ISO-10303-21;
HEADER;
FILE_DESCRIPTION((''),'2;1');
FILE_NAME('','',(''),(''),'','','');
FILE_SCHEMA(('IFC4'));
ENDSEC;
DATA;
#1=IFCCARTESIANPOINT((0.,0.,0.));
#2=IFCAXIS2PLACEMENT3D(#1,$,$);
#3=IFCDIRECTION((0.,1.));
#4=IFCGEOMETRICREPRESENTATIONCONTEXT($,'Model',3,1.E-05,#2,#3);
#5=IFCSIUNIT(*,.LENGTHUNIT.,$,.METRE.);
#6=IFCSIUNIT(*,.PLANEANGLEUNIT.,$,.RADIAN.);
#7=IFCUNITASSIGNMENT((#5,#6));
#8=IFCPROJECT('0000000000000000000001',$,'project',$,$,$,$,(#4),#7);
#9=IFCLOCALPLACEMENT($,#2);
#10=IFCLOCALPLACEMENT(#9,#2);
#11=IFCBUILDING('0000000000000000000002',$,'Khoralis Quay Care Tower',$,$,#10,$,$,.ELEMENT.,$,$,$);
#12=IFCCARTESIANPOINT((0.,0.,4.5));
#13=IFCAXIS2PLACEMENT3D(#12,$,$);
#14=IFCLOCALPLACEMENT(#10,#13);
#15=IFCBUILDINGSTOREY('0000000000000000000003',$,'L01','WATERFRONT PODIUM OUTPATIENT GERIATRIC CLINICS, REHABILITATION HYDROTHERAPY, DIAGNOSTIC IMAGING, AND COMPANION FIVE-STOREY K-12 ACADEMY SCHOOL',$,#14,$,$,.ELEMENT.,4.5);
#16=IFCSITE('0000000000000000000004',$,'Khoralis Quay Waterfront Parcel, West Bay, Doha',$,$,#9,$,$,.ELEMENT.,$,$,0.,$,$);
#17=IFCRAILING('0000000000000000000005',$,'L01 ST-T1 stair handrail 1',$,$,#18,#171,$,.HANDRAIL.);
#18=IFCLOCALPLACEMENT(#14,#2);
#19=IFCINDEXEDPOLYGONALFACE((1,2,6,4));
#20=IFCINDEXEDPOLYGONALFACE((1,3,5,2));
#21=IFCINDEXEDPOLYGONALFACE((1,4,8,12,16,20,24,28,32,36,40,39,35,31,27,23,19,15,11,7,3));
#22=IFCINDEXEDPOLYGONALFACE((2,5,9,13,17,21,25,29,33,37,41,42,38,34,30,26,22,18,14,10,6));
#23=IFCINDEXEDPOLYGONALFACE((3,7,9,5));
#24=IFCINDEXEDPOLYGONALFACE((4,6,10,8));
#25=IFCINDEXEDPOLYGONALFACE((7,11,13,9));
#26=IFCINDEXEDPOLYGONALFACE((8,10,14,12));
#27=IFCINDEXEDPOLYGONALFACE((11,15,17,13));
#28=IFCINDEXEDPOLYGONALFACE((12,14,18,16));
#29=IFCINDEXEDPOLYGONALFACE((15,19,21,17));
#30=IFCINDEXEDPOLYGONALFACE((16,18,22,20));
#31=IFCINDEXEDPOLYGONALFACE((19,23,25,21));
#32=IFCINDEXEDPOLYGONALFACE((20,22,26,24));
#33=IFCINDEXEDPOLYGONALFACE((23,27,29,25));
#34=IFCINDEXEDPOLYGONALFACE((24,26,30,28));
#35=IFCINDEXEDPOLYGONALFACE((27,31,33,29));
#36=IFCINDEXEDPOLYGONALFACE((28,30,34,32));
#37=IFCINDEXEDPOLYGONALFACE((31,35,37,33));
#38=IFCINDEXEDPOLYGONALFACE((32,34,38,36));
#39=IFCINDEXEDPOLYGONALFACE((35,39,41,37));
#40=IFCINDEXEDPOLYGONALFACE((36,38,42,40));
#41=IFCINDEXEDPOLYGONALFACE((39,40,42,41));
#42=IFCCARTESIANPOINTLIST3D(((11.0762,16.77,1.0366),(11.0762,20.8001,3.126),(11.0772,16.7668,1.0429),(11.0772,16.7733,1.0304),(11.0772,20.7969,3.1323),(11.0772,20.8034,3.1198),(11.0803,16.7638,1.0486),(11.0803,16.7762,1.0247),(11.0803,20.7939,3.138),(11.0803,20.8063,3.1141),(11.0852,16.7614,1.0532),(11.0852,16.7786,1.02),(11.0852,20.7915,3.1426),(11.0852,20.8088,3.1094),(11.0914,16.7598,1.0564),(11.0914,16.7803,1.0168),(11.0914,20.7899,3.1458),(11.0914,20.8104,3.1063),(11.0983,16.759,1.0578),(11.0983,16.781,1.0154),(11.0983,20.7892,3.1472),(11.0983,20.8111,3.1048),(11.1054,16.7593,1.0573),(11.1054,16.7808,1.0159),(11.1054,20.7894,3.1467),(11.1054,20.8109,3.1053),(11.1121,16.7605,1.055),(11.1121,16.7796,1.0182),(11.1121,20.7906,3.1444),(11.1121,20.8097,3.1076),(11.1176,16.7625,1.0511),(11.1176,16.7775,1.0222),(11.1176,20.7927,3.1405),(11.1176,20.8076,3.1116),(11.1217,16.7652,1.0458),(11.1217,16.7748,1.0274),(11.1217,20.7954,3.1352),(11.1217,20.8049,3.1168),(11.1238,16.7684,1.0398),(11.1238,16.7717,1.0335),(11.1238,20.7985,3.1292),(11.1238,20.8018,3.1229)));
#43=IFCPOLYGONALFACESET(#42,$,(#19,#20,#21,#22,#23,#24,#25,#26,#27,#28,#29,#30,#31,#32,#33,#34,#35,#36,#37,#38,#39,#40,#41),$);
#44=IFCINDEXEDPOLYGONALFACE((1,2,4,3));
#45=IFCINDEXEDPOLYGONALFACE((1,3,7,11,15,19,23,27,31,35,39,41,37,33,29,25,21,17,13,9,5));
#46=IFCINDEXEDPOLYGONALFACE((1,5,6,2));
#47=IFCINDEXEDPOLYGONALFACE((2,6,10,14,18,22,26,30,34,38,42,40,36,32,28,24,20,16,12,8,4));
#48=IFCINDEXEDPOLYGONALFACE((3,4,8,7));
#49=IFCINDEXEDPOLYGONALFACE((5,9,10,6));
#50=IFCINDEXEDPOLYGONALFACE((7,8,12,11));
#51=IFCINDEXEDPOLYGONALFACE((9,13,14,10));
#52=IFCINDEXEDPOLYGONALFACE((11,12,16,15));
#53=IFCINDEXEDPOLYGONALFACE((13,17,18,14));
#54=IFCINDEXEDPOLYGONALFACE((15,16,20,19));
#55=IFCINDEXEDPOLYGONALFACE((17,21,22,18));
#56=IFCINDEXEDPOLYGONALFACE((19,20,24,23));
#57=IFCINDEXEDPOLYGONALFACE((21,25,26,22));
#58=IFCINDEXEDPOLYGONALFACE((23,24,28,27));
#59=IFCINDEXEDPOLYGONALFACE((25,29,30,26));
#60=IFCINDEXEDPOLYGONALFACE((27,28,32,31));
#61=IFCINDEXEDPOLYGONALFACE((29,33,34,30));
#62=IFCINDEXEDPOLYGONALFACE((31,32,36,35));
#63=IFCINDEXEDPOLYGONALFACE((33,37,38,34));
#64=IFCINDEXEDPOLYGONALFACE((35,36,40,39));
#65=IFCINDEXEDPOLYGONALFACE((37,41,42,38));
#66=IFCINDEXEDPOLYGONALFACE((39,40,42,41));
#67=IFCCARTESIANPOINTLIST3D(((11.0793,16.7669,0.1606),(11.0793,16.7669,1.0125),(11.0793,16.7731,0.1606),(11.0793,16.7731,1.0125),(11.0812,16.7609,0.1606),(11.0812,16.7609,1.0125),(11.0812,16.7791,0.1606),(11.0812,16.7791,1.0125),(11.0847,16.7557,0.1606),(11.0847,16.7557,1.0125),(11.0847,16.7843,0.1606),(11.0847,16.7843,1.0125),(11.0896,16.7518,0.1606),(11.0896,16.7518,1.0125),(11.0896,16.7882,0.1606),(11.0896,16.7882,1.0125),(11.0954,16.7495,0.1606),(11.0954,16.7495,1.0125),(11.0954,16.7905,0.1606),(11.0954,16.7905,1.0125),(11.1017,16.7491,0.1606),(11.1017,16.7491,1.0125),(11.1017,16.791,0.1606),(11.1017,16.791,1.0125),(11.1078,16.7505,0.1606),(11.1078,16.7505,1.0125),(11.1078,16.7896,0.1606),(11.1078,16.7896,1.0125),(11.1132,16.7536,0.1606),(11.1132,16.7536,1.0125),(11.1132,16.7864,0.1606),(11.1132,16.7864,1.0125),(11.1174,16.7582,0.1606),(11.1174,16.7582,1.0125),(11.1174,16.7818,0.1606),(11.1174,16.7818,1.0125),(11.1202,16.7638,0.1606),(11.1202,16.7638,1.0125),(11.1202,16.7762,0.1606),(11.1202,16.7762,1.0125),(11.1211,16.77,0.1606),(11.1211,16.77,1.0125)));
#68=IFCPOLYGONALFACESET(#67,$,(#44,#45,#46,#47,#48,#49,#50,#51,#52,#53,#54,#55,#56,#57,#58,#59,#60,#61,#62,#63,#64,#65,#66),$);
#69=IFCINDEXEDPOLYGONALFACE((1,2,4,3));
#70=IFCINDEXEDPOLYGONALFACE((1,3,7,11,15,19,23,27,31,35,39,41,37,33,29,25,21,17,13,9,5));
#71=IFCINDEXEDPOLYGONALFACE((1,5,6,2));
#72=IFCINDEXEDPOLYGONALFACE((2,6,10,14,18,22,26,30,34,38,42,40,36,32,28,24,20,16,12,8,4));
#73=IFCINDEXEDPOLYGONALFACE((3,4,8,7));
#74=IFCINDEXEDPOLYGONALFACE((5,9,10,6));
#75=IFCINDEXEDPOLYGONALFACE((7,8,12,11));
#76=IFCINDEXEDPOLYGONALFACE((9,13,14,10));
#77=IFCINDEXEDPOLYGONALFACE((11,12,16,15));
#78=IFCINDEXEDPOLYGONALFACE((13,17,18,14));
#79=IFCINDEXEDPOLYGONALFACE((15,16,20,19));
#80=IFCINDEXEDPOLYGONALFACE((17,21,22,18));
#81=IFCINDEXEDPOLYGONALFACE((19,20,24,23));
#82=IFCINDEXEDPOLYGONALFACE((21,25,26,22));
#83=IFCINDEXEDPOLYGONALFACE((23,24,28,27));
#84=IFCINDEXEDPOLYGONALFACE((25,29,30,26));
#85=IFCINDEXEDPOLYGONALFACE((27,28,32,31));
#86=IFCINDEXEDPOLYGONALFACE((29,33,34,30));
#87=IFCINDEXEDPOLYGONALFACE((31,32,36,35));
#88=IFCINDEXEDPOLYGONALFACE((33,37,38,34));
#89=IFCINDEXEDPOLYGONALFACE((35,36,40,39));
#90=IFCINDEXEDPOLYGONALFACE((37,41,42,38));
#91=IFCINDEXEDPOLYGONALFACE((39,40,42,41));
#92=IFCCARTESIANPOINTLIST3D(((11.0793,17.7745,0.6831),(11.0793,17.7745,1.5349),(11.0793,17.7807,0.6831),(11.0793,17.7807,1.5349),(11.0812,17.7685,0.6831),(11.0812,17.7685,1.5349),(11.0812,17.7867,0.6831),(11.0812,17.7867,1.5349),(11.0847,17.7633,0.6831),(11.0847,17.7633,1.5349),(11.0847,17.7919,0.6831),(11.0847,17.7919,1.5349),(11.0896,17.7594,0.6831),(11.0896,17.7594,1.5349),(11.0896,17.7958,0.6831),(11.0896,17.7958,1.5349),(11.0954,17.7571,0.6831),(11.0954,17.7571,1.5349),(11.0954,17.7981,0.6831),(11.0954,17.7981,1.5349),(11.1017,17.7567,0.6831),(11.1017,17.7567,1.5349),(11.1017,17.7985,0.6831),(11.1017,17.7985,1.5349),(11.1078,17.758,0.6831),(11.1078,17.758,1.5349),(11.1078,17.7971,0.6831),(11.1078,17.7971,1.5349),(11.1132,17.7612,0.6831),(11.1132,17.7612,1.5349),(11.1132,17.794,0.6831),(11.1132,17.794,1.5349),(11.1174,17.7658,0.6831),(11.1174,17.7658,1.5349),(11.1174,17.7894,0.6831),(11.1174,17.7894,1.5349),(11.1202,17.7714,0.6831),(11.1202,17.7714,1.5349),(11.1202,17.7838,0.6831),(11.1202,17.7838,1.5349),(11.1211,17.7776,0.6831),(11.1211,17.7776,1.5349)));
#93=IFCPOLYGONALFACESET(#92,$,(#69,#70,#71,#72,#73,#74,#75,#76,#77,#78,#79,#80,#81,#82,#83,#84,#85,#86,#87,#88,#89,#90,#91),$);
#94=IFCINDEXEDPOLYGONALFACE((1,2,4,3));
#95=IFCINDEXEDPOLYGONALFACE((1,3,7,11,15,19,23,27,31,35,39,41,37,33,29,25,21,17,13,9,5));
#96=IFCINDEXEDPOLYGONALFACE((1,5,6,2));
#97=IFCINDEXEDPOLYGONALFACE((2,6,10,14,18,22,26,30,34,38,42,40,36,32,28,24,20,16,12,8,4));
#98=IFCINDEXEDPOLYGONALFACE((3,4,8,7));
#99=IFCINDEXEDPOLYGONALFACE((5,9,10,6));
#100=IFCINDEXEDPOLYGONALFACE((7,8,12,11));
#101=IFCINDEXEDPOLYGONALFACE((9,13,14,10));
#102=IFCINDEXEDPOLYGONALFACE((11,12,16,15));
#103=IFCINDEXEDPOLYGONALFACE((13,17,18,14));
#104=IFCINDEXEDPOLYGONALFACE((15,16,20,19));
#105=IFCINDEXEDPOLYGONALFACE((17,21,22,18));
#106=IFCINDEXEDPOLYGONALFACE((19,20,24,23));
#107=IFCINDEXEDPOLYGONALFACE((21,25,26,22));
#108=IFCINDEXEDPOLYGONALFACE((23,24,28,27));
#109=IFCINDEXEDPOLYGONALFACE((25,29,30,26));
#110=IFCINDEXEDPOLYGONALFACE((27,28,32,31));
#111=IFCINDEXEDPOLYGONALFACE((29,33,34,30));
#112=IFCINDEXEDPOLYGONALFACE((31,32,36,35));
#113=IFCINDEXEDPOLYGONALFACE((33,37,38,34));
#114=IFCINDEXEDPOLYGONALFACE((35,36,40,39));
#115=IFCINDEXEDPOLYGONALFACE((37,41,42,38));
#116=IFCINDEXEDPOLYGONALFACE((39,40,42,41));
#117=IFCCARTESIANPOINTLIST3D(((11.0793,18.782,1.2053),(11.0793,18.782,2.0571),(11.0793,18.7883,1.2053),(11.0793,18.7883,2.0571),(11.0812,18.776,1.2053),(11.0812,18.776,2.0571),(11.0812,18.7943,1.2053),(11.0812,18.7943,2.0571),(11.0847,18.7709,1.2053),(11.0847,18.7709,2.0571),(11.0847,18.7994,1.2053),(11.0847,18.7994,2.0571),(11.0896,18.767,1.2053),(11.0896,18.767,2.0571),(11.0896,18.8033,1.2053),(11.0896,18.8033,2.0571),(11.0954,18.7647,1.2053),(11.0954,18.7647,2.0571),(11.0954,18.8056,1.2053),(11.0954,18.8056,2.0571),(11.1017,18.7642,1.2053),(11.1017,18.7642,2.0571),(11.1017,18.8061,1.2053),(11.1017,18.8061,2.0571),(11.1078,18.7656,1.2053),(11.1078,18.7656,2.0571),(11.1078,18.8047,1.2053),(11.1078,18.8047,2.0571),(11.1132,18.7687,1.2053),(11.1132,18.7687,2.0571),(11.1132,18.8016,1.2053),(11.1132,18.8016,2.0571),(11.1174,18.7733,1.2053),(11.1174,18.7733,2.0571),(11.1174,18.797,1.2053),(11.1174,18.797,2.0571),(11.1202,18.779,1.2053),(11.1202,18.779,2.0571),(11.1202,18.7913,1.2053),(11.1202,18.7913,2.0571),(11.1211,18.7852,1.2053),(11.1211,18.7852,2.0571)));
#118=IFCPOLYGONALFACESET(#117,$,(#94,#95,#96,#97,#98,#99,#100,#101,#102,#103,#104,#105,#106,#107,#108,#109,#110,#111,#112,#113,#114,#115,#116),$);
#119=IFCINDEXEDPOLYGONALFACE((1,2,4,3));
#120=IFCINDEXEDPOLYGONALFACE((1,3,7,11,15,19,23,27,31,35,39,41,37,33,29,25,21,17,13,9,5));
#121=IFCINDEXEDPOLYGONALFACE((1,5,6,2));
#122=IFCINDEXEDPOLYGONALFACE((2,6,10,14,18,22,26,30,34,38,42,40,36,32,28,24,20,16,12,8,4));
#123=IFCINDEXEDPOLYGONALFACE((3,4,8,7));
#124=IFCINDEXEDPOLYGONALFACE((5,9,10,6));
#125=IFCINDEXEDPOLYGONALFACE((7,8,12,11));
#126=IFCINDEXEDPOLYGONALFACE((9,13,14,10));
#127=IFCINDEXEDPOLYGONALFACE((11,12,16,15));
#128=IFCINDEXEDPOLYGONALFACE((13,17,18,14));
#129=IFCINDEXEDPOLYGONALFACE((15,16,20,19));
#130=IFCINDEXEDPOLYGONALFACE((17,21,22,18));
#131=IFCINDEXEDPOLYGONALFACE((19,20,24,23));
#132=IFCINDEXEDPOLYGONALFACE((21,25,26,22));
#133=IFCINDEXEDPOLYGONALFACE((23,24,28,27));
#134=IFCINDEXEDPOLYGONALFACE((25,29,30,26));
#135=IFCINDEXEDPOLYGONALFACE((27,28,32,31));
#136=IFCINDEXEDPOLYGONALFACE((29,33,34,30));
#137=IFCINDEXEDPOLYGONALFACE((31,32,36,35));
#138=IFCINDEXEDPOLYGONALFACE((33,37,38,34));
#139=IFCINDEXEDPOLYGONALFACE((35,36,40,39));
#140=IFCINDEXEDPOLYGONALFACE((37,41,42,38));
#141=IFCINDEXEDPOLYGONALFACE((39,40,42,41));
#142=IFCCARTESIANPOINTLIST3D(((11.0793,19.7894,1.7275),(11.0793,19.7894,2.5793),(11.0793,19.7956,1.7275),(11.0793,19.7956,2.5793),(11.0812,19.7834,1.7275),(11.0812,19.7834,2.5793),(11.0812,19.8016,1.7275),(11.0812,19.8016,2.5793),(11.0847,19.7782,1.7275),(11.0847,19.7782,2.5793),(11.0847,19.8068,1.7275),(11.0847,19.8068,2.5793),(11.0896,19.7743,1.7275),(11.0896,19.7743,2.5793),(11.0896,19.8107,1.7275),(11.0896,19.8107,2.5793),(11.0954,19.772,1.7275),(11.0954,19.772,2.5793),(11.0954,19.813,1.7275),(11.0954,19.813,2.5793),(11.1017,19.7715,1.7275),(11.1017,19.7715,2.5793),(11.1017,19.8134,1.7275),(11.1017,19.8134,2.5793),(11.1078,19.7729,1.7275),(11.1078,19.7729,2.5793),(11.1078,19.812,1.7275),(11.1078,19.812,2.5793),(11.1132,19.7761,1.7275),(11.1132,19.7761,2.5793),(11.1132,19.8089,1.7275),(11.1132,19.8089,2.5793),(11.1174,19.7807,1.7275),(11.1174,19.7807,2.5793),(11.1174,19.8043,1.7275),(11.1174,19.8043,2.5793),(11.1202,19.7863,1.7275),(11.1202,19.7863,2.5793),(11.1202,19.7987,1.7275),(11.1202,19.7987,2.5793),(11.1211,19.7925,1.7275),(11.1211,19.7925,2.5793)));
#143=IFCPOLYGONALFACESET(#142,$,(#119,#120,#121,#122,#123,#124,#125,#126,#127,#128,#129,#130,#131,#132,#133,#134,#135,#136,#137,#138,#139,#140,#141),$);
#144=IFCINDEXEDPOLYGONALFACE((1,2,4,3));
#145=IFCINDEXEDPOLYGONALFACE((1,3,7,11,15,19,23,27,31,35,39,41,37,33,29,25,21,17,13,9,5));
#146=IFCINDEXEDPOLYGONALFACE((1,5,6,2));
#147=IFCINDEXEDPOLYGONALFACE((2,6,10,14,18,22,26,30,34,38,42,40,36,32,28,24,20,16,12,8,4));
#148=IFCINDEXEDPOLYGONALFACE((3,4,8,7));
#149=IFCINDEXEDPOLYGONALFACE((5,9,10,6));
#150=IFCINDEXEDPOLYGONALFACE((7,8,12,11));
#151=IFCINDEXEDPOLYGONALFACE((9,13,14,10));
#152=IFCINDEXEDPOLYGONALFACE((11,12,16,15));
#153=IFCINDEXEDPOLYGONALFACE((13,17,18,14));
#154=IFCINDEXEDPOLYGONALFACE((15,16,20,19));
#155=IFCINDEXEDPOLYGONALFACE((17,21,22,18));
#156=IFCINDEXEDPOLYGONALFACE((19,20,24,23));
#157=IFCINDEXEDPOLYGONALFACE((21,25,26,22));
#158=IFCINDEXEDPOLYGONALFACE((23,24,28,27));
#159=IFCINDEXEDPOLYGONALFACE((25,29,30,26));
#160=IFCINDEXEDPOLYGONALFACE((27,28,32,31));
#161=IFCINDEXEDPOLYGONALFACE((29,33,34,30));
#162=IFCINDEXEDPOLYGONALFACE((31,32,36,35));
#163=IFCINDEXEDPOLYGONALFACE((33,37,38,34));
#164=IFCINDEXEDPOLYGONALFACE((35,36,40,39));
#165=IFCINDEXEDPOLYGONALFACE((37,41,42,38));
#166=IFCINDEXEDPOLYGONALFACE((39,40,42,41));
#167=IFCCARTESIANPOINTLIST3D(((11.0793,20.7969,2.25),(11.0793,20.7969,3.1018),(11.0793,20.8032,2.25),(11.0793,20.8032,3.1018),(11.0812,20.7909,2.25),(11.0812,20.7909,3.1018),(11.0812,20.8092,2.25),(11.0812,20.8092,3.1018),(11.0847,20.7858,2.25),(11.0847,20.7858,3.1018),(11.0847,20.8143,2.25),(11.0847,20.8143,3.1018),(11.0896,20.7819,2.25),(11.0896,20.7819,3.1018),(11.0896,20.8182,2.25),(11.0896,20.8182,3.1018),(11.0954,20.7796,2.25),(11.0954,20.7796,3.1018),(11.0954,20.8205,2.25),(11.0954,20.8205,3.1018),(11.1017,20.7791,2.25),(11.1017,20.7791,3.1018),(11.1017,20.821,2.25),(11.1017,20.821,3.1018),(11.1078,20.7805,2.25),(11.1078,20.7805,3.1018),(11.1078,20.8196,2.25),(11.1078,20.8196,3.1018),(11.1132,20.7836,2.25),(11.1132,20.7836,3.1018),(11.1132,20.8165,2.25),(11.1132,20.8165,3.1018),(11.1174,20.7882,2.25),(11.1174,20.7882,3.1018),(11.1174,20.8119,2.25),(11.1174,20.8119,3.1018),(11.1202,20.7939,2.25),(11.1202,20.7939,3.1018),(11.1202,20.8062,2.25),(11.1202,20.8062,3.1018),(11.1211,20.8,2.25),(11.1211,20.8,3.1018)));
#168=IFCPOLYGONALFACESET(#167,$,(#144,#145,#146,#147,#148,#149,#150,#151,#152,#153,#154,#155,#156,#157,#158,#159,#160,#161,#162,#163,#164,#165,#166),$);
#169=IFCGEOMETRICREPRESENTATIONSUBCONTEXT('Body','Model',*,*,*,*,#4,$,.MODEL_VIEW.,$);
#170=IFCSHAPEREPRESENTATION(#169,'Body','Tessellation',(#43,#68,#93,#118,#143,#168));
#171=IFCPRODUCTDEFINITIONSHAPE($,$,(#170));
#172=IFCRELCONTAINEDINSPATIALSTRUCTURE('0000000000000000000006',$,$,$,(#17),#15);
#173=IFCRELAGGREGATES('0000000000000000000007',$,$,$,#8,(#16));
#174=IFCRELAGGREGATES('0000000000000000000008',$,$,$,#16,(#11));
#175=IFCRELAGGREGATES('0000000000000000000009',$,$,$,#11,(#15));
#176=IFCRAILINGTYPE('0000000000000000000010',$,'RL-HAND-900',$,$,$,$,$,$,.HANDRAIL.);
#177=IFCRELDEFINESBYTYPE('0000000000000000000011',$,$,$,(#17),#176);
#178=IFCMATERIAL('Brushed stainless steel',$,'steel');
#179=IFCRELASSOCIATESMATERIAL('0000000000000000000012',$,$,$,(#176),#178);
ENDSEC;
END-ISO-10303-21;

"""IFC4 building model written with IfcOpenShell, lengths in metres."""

from ifc_helpers import new_model, si_unit, direction, frame, origin, origin_2d, place, context, subcontext, project, spatial, circle, extrude, material, type_object, element, save


model = new_model("IFC4")

# Units and contexts
model_context = context("Model", 3, precision=1e-05, world=origin(), true_north=direction((0.0, 1.0)))
body_context = subcontext(model_context, "Body", "Model", "MODEL_VIEW")
ifc_project = project(units=[si_unit("LENGTHUNIT", "METRE"), si_unit("PLANEANGLEUNIT", "RADIAN")], contexts=[model_context])

# Site, building, storey
site_placement = place(None, origin())
site = spatial("IfcSite", under=ifc_project, at=site_placement, Name="Khoralis Quay Waterfront Parcel, West Bay, Doha", CompositionType="ELEMENT", RefElevation=0.0)
building_placement = place(site_placement, origin())
building = spatial("IfcBuilding", under=site, at=building_placement, Name="Khoralis Quay Care Tower", CompositionType="ELEMENT")
storey_placement = place(building_placement, frame((0.0, 0.0, 4.5)))
storey = spatial("IfcBuildingStorey", under=building, at=storey_placement, Name="L01", Description="WATERFRONT PODIUM OUTPATIENT GERIATRIC CLINICS, REHABILITATION HYDROTHERAPY, DIAGNOSTIC IMAGING, AND COMPANION FIVE-STOREY K-12 ACADEMY SCHOOL", CompositionType="ELEMENT", Elevation=4.5)

# Railing
ifc_material_1 = material(Name="Brushed stainless steel", Category="steel")
railing_type_1 = type_object("IfcRailingType", Name="RL-HAND-900", PredefinedType="HANDRAIL", material=ifc_material_1)
railing_1_placement = place(storey_placement, frame((11.1001, 16.77, 0.1606)))
element("IfcRailing", 1, at=railing_1_placement, inside=storey, type_object=railing_type_1, Name="L01 ST-T1 stair handrail 1", PredefinedType="HANDRAIL", context=body_context, shape_type="SweptSolid", body=[
    extrude(circle(Radius=0.0239, at=origin_2d()), frame((0.0, 0.0, 0.876), z_axis=(0.0, 0.887781, 0.460267), x_axis=(-1.0, 0.0, 0.0)), (0.0, 0.0, 1.0), 4.5396),
    extrude(circle(Radius=0.021, at=origin_2d()), origin(), (0.0, 0.0, 1.0), 0.8518),
    extrude(circle(Radius=0.021, at=origin_2d()), frame((0.0, 1.0076, 0.5225)), (0.0, 0.0, 1.0), 0.8518),
    extrude(circle(Radius=0.021, at=origin_2d()), frame((0.0, 2.0151, 1.0447)), (0.0, 0.0, 1.0), 0.8518),
    extrude(circle(Radius=0.021, at=origin_2d()), frame((0.0, 3.0225, 1.5669)), (0.0, 0.0, 1.0), 0.8518),
    extrude(circle(Radius=0.021, at=origin_2d()), frame((0.0, 4.03, 2.0894)), (0.0, 0.0, 1.0), 0.8518),
])

save(model, "model.ifc")
